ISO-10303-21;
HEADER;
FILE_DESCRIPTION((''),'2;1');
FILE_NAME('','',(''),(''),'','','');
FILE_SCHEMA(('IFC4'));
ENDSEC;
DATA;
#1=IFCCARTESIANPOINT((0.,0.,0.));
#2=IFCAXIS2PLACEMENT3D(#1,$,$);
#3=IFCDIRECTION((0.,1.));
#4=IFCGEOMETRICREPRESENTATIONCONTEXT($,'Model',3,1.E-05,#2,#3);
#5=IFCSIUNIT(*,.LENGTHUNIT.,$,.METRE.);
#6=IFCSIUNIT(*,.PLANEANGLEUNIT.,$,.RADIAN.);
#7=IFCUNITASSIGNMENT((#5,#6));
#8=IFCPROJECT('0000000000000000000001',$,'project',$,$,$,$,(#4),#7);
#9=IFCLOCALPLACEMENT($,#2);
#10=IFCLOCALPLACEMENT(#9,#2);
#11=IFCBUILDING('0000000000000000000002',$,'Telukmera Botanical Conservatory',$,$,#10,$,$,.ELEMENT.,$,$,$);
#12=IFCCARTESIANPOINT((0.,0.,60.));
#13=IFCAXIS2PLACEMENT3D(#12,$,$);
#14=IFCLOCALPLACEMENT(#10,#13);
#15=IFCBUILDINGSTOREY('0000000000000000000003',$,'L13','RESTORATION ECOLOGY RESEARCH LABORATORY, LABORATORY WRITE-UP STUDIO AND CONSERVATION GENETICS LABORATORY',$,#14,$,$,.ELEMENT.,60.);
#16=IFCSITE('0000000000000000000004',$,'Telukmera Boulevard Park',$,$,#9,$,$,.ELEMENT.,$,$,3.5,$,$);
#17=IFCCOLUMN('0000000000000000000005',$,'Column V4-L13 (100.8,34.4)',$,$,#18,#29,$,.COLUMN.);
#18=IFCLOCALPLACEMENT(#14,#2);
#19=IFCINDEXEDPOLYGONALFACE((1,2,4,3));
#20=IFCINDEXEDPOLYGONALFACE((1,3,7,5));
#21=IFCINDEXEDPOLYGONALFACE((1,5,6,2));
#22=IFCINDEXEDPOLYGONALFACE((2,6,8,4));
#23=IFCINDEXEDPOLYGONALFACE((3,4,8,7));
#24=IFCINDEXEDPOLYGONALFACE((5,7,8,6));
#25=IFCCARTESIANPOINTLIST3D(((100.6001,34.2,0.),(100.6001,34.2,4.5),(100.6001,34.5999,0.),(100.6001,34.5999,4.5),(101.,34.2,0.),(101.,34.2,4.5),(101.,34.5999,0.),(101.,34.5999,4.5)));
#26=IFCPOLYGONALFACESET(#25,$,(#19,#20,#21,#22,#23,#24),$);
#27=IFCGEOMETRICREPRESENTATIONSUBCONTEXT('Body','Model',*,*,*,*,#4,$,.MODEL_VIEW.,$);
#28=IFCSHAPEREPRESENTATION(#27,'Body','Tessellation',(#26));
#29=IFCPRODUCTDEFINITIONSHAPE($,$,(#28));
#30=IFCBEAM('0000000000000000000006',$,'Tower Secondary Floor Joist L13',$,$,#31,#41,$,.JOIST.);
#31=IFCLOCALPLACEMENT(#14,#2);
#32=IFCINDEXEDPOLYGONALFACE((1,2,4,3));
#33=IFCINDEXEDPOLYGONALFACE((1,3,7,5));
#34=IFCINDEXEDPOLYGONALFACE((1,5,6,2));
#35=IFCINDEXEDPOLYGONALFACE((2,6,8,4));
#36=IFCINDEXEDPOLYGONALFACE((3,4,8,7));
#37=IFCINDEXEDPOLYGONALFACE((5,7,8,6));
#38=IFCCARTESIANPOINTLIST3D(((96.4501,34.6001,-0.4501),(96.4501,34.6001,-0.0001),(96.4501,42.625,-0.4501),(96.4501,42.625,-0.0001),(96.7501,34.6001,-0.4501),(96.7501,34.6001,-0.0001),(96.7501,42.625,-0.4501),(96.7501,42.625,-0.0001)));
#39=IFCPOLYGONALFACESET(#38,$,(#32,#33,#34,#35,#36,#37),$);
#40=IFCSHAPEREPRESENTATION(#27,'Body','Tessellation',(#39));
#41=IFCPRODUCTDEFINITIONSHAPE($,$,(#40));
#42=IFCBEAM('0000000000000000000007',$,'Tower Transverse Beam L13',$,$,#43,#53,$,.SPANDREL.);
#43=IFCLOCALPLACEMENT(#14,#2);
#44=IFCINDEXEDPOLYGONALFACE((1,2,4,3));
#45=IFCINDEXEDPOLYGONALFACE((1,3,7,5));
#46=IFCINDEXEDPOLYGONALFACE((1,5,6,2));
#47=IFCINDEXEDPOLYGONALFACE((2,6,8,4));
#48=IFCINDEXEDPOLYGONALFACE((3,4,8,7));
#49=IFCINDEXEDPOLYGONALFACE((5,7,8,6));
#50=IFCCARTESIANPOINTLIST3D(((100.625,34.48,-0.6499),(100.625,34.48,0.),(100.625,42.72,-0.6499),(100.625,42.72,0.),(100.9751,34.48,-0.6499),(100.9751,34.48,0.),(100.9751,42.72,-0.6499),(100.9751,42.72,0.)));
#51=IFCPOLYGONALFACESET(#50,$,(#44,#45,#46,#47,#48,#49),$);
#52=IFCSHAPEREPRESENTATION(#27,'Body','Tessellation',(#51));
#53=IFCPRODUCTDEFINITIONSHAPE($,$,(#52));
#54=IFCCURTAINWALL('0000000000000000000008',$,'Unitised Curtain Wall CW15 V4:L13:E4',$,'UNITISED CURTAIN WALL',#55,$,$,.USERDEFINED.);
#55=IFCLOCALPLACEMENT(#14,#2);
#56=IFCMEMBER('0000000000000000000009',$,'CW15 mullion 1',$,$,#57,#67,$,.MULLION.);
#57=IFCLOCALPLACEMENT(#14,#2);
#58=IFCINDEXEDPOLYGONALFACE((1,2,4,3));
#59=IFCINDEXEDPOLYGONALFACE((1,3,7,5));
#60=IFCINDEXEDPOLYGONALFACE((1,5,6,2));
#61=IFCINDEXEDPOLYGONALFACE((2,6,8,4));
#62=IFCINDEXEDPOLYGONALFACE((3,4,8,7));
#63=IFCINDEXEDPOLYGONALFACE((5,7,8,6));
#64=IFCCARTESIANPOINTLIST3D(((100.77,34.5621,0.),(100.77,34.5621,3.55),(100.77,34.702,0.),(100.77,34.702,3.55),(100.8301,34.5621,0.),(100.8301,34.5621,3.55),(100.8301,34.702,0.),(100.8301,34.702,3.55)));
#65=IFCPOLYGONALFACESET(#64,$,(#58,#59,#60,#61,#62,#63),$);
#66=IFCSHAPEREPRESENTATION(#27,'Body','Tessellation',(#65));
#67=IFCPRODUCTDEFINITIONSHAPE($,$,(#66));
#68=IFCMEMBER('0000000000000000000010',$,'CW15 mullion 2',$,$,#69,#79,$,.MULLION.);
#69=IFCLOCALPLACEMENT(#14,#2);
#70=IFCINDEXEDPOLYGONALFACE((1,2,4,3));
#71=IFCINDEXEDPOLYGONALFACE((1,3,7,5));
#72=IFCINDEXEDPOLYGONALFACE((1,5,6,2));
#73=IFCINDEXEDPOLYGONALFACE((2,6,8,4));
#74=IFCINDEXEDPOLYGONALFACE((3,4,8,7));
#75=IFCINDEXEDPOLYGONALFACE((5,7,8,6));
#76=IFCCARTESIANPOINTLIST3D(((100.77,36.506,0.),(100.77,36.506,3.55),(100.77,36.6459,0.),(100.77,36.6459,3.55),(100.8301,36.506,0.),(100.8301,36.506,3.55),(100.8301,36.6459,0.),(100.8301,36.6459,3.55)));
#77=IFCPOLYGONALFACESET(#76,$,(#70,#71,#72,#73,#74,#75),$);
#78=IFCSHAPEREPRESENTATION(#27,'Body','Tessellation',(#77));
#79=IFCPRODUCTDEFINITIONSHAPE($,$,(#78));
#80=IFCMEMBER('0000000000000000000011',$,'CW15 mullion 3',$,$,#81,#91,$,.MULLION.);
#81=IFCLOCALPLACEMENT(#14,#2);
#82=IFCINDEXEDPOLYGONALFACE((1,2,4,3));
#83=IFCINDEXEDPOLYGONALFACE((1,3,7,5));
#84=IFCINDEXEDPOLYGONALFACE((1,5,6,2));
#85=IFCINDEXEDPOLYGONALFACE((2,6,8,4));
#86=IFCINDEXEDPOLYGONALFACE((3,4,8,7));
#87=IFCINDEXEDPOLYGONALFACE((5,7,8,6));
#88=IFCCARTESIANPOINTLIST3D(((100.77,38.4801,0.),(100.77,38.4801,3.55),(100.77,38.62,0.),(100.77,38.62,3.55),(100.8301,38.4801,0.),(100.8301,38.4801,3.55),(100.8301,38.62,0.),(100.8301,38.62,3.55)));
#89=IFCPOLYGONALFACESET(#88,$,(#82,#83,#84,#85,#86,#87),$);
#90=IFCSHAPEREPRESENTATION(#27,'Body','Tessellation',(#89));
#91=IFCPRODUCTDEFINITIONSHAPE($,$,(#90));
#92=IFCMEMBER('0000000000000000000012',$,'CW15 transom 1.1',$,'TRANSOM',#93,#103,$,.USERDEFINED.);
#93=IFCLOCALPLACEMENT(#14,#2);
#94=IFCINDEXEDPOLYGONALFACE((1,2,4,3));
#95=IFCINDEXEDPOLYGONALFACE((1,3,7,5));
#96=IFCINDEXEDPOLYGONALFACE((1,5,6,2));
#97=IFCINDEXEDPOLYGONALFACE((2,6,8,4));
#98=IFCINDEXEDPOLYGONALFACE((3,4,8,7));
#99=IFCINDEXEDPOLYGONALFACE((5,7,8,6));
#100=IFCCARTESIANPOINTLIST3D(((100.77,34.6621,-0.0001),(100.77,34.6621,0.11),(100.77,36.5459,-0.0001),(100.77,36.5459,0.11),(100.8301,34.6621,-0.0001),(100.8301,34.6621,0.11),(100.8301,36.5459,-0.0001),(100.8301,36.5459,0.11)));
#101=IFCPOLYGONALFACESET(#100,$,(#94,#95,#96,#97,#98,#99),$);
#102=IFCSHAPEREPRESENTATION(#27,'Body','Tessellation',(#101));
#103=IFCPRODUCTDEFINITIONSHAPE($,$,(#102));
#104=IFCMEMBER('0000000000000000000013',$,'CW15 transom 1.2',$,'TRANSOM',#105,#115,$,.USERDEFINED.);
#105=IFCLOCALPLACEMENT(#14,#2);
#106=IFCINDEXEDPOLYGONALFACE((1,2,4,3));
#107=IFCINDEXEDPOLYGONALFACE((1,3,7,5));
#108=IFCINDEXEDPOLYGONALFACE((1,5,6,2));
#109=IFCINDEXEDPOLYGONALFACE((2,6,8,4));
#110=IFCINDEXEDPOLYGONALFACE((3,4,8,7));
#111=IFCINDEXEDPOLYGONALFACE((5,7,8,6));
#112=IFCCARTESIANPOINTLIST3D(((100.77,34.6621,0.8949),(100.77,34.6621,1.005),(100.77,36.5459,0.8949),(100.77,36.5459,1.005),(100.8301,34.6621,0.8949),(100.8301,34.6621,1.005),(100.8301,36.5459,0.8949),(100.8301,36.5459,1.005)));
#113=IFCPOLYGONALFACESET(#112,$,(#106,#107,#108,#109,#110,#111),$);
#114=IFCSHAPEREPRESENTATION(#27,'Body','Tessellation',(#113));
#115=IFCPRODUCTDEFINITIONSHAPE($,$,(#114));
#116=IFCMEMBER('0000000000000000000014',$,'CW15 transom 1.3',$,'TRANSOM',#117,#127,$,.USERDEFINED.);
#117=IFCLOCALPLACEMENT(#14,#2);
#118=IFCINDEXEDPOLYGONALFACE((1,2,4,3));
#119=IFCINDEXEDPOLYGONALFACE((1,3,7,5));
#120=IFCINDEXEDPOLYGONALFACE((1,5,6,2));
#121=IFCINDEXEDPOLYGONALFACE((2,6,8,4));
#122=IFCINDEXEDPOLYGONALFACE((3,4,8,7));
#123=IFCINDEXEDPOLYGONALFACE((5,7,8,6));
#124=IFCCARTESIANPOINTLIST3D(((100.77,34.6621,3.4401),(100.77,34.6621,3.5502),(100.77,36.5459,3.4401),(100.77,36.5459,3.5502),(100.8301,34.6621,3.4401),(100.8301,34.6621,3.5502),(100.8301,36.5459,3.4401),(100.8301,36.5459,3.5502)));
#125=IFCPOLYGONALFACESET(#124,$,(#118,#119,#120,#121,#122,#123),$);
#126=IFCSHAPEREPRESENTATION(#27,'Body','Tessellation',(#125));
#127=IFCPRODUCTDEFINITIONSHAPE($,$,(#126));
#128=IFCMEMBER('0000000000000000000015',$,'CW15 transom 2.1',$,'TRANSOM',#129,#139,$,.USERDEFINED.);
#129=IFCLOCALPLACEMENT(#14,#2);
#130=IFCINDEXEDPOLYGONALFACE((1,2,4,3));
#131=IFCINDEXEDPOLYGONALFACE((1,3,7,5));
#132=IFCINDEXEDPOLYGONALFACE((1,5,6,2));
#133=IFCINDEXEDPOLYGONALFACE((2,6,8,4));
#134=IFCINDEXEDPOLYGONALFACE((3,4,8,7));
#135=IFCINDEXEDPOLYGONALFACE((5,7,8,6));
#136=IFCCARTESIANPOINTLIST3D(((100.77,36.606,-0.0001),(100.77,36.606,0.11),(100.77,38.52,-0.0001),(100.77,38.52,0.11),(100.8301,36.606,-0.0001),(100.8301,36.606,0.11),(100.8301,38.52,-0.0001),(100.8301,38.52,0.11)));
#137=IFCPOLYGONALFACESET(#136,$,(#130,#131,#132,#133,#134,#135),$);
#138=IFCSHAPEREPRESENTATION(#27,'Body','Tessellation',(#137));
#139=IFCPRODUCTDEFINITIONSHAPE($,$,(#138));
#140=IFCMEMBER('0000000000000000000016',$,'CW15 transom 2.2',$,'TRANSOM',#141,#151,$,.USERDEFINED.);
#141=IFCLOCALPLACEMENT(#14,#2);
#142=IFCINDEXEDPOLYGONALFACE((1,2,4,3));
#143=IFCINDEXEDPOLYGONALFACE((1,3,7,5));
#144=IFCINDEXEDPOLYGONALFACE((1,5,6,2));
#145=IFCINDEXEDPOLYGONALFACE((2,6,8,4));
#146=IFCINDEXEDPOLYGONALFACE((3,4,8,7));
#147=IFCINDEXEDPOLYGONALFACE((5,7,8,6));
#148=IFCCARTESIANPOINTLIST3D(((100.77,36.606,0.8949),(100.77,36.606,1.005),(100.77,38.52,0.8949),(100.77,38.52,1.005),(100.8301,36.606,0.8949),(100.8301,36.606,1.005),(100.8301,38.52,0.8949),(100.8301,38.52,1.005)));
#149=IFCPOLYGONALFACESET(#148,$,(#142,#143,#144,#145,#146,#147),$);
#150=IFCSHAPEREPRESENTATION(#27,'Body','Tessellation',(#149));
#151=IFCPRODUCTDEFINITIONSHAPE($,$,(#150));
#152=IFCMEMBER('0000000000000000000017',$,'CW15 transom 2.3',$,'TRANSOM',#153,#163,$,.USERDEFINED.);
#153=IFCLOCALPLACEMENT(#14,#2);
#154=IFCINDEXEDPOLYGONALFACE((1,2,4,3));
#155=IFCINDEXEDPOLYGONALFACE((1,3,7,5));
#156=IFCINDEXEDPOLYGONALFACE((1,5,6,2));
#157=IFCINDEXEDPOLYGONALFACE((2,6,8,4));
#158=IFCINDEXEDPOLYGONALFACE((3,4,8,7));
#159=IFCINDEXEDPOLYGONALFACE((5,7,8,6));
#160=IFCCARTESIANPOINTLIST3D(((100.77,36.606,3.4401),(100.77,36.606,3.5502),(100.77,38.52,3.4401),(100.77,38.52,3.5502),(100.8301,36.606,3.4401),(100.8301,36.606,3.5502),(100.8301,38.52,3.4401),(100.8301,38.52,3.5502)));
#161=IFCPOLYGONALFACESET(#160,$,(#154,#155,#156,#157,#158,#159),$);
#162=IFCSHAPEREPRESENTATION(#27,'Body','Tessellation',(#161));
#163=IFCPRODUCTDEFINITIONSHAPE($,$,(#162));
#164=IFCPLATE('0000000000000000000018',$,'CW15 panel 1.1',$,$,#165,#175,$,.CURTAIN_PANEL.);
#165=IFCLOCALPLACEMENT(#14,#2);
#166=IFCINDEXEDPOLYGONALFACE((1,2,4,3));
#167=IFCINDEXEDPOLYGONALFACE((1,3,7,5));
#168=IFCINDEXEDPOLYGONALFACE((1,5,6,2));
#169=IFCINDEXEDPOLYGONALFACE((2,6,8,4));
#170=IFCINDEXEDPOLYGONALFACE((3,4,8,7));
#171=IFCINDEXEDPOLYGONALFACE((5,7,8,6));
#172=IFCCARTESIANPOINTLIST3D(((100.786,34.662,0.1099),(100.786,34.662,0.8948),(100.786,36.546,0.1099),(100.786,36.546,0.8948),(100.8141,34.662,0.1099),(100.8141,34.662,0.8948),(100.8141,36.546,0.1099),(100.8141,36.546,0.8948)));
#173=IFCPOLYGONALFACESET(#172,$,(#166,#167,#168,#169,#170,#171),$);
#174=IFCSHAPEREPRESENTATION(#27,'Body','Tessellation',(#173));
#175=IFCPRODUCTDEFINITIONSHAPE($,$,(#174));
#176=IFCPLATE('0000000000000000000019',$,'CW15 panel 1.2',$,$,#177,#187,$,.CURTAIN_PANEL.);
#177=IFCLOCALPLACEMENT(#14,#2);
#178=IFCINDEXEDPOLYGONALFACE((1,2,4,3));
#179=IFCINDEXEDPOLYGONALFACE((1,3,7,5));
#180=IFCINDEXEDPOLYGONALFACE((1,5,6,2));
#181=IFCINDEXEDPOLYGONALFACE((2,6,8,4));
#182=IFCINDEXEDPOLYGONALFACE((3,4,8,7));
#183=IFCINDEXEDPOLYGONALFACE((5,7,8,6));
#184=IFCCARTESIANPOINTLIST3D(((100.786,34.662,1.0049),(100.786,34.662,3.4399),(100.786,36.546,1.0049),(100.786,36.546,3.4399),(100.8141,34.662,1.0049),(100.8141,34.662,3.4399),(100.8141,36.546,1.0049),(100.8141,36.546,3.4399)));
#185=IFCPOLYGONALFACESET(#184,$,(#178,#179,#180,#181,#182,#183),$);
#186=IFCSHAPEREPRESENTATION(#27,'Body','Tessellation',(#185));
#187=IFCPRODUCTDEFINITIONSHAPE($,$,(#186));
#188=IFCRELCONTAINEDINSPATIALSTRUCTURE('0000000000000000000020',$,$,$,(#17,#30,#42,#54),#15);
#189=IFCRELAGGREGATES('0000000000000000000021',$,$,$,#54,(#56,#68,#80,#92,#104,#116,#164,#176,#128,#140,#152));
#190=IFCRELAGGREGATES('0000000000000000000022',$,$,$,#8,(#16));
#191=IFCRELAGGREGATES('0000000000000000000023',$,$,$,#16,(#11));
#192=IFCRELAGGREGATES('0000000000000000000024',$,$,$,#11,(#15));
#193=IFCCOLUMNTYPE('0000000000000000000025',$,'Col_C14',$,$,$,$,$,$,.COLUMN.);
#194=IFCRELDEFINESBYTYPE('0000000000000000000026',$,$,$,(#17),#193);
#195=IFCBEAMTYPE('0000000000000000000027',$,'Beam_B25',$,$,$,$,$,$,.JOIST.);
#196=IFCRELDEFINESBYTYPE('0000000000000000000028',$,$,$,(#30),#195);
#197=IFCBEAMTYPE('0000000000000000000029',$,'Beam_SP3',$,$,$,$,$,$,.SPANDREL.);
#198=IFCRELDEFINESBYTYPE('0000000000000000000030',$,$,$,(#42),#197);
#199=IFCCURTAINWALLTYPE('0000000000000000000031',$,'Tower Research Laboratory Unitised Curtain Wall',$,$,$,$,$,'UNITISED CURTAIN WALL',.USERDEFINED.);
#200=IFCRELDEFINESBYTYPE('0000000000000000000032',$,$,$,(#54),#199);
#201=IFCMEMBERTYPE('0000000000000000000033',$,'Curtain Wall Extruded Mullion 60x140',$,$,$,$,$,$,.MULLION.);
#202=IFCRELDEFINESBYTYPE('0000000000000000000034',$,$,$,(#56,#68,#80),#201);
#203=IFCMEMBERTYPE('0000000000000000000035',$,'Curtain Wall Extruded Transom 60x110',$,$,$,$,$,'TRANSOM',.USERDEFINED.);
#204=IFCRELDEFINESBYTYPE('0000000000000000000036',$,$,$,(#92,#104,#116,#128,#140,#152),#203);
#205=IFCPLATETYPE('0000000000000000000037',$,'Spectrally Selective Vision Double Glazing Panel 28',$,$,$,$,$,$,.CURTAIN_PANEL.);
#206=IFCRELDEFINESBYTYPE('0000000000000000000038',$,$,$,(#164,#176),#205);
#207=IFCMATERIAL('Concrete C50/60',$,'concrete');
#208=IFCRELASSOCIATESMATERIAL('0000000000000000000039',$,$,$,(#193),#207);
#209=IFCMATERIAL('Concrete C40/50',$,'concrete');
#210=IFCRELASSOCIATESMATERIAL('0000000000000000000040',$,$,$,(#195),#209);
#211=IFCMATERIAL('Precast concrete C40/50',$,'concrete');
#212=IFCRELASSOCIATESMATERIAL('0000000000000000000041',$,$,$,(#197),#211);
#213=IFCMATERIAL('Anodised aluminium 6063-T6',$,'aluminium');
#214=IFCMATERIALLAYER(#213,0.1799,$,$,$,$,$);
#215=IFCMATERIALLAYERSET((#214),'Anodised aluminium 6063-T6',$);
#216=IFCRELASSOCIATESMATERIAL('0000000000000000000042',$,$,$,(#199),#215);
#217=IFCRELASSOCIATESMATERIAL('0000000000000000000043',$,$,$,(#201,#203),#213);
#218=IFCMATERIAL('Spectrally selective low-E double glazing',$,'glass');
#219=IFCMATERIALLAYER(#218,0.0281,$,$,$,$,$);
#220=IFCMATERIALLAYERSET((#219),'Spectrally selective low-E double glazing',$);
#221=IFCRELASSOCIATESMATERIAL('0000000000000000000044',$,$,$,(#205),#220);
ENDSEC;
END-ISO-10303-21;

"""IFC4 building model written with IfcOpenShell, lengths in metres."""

from ifc_helpers import new_model, si_unit, direction, frame, origin, origin_2d, place, context, subcontext, project, spatial, rectangle, extrude, material, layer, layer_set, material_profile, profile_set, type_object, element, aggregate, save


model = new_model("IFC4")

# Units and contexts
model_context = context("Model", 3, precision=1e-05, world=origin(), true_north=direction((0.0, 1.0)))
body_context = subcontext(model_context, "Body", "Model", "MODEL_VIEW")
ifc_project = project(units=[si_unit("LENGTHUNIT", "METRE"), si_unit("PLANEANGLEUNIT", "RADIAN")], contexts=[model_context])

# Site, building, storey
site_placement = place(None, origin())
site = spatial("IfcSite", under=ifc_project, at=site_placement, Name="Telukmera Boulevard Park", CompositionType="ELEMENT", RefElevation=3.5)
building_placement = place(site_placement, origin())
building = spatial("IfcBuilding", under=site, at=building_placement, Name="Telukmera Botanical Conservatory", CompositionType="ELEMENT")
storey_placement = place(building_placement, frame((0.0, 0.0, 60.0)))
storey = spatial("IfcBuildingStorey", under=building, at=storey_placement, Name="L13", Description="RESTORATION ECOLOGY RESEARCH LABORATORY, LABORATORY WRITE-UP STUDIO AND CONSERVATION GENETICS LABORATORY", CompositionType="ELEMENT", Elevation=60.0)

# Column
ifc_material_1 = material(Name="Concrete C50/60", Category="concrete")
ifc_material_profile_1 = material_profile(ifc_material_1, rectangle(XDim=0.3999, YDim=0.3999, at=origin_2d()), Name="RC 400x400")
ifc_profile_set_1 = profile_set([ifc_material_profile_1], Name="Concrete C50/60")
column_type = type_object("IfcColumnType", Name="Col_C14", PredefinedType="COLUMN", material=ifc_profile_set_1)
column_placement = place(storey_placement, frame((100.8, 34.3999, 0.0), z_axis=(0.0, 0.0, 1.0), x_axis=(1.0, 0.0, 0.0)))
element("IfcColumn", 1, at=column_placement, inside=storey, type_object=column_type, Name="Column V4-L13 (100.8,34.4)", PredefinedType="COLUMN", context=body_context, shape_type="SweptSolid", body=[
    extrude(rectangle(XDim=0.3999, YDim=0.3999, at=origin_2d()), origin(), (0.0, 0.0, 1.0), 4.5),
])

# Beams
ifc_material_2 = material(Name="Concrete C40/50", Category="concrete")
ifc_material_profile_2 = material_profile(ifc_material_2, rectangle(XDim=0.3, YDim=0.45, at=origin_2d()), Name="RC 300x450")
ifc_profile_set_2 = profile_set([ifc_material_profile_2], Name="Concrete C40/50")
beam_type_1 = type_object("IfcBeamType", Name="Beam_B25", PredefinedType="JOIST", material=ifc_profile_set_2)
beam_1_placement = place(storey_placement, frame((96.6001, 34.6001, -0.2251), z_axis=(0.0, 1.0, 0.0), x_axis=(-1.0, 0.0, 0.0)))
element("IfcBeam", 2, at=beam_1_placement, inside=storey, type_object=beam_type_1, Name="Tower Secondary Floor Joist L13", PredefinedType="JOIST", context=body_context, shape_type="SweptSolid", body=[
    extrude(rectangle(XDim=0.3, YDim=0.45, at=origin_2d()), origin(), (0.0, 0.0, 1.0), 8.0249),
])
ifc_material_3 = material(Name="Precast concrete C40/50", Category="concrete")
ifc_material_profile_3 = material_profile(ifc_material_3, rectangle(XDim=0.3501, YDim=0.6499, at=origin_2d()), Name="PC 350x650")
ifc_profile_set_3 = profile_set([ifc_material_profile_3], Name="Precast concrete C40/50")
beam_type_2 = type_object("IfcBeamType", Name="Beam_SP3", PredefinedType="SPANDREL", material=ifc_profile_set_3)
beam_2_placement = place(storey_placement, frame((100.8, 34.48, -0.325), z_axis=(0.0, 1.0, 0.0), x_axis=(-1.0, 0.0, 0.0)))
element("IfcBeam", 3, at=beam_2_placement, inside=storey, type_object=beam_type_2, Name="Tower Transverse Beam L13", PredefinedType="SPANDREL", context=body_context, shape_type="SweptSolid", body=[
    extrude(rectangle(XDim=0.3501, YDim=0.6499, at=origin_2d()), origin(), (0.0, 0.0, 1.0), 8.24),
])

# Curtain wall, members, plates
ifc_material_4 = material(Name="Anodised aluminium 6063-T6", Category="aluminium")
ifc_layer_1 = layer(ifc_material_4, 0.1799)
ifc_layer_set_1 = layer_set([ifc_layer_1], Name="Anodised aluminium 6063-T6")
curtain_wall_type = type_object("IfcCurtainWallType", Name="Tower Research Laboratory Unitised Curtain Wall", ElementType="UNITISED CURTAIN WALL", PredefinedType="USERDEFINED", material=ifc_layer_set_1)
curtain_wall_placement = place(storey_placement, origin())
curtain_wall = element("IfcCurtainWall", 4, at=curtain_wall_placement, inside=storey, type_object=curtain_wall_type, Name="Unitised Curtain Wall CW15 V4:L13:E4", ObjectType="UNITISED CURTAIN WALL", PredefinedType="USERDEFINED")
ifc_material_profile_4 = material_profile(ifc_material_4, rectangle(XDim=0.0601, YDim=0.1399, at=origin_2d()), Name="ALU MULL 60x140")
ifc_profile_set_4 = profile_set([ifc_material_profile_4], Name="Anodised aluminium 6063-T6")
member_type_1 = type_object("IfcMemberType", Name="Curtain Wall Extruded Mullion 60x140", PredefinedType="MULLION", material=ifc_profile_set_4)
member_1_placement = place(storey_placement, frame((100.8, 34.6321, 0.0), z_axis=(0.0, 0.0, 1.0), x_axis=(-1.0, 0.0, 0.0)))
member_1 = element("IfcMember", 5, at=member_1_placement, type_object=member_type_1, Name="CW15 mullion 1", PredefinedType="MULLION", context=body_context, shape_type="SweptSolid", body=[
    extrude(rectangle(XDim=0.0601, YDim=0.1399, at=origin_2d()), origin(), (0.0, 0.0, 1.0), 3.55),
])
member_2_placement = place(storey_placement, frame((100.8, 36.5759, 0.0), z_axis=(0.0, 0.0, 1.0), x_axis=(-1.0, 0.0, 0.0)))
member_2 = element("IfcMember", 6, at=member_2_placement, type_object=member_type_1, Name="CW15 mullion 2", PredefinedType="MULLION", context=body_context, shape_type="SweptSolid", body=[
    extrude(rectangle(XDim=0.0601, YDim=0.1399, at=origin_2d()), origin(), (0.0, 0.0, 1.0), 3.55),
])
member_3_placement = place(storey_placement, frame((100.8, 38.55, 0.0), z_axis=(0.0, 0.0, 1.0), x_axis=(-1.0, 0.0, 0.0)))
member_3 = element("IfcMember", 7, at=member_3_placement, type_object=member_type_1, Name="CW15 mullion 3", PredefinedType="MULLION", context=body_context, shape_type="SweptSolid", body=[
    extrude(rectangle(XDim=0.0601, YDim=0.1399, at=origin_2d()), origin(), (0.0, 0.0, 1.0), 3.55),
])
ifc_material_profile_5 = material_profile(ifc_material_4, rectangle(XDim=0.0601, YDim=0.1101, at=origin_2d()), Name="ALU TRAN 60x110")
ifc_profile_set_5 = profile_set([ifc_material_profile_5], Name="Anodised aluminium 6063-T6")
member_type_2 = type_object("IfcMemberType", Name="Curtain Wall Extruded Transom 60x110", ElementType="TRANSOM", PredefinedType="USERDEFINED", material=ifc_profile_set_5)
member_4_placement = place(storey_placement, frame((100.8, 34.6621, 0.0549), z_axis=(0.0, 1.0, 0.0), x_axis=(-1.0, 0.0, 0.0)))
member_4 = element("IfcMember", 8, at=member_4_placement, type_object=member_type_2, Name="CW15 transom 1.1", ObjectType="TRANSOM", PredefinedType="USERDEFINED", context=body_context, shape_type="SweptSolid", body=[
    extrude(rectangle(XDim=0.0601, YDim=0.1101, at=origin_2d()), origin(), (0.0, 0.0, 1.0), 1.8838),
])
member_5_placement = place(storey_placement, frame((100.8, 34.6621, 0.95), z_axis=(0.0, 1.0, 0.0), x_axis=(-1.0, 0.0, 0.0)))
member_5 = element("IfcMember", 9, at=member_5_placement, type_object=member_type_2, Name="CW15 transom 1.2", ObjectType="TRANSOM", PredefinedType="USERDEFINED", context=body_context, shape_type="SweptSolid", body=[
    extrude(rectangle(XDim=0.0601, YDim=0.1101, at=origin_2d()), origin(), (0.0, 0.0, 1.0), 1.8838),
])
member_6_placement = place(storey_placement, frame((100.8, 34.6621, 3.4951), z_axis=(0.0, 1.0, 0.0), x_axis=(-1.0, 0.0, 0.0)))
member_6 = element("IfcMember", 10, at=member_6_placement, type_object=member_type_2, Name="CW15 transom 1.3", ObjectType="TRANSOM", PredefinedType="USERDEFINED", context=body_context, shape_type="SweptSolid", body=[
    extrude(rectangle(XDim=0.0601, YDim=0.1101, at=origin_2d()), origin(), (0.0, 0.0, 1.0), 1.8838),
])
member_7_placement = place(storey_placement, frame((100.8, 36.606, 0.0549), z_axis=(0.0, 1.0, 0.0), x_axis=(-1.0, 0.0, 0.0)))
member_7 = element("IfcMember", 11, at=member_7_placement, type_object=member_type_2, Name="CW15 transom 2.1", ObjectType="TRANSOM", PredefinedType="USERDEFINED", context=body_context, shape_type="SweptSolid", body=[
    extrude(rectangle(XDim=0.0601, YDim=0.1101, at=origin_2d()), origin(), (0.0, 0.0, 1.0), 1.9141),
])
member_8_placement = place(storey_placement, frame((100.8, 36.606, 0.95), z_axis=(0.0, 1.0, 0.0), x_axis=(-1.0, 0.0, 0.0)))
member_8 = element("IfcMember", 12, at=member_8_placement, type_object=member_type_2, Name="CW15 transom 2.2", ObjectType="TRANSOM", PredefinedType="USERDEFINED", context=body_context, shape_type="SweptSolid", body=[
    extrude(rectangle(XDim=0.0601, YDim=0.1101, at=origin_2d()), origin(), (0.0, 0.0, 1.0), 1.9141),
])
member_9_placement = place(storey_placement, frame((100.8, 36.606, 3.4951), z_axis=(0.0, 1.0, 0.0), x_axis=(-1.0, 0.0, 0.0)))
member_9 = element("IfcMember", 13, at=member_9_placement, type_object=member_type_2, Name="CW15 transom 2.3", ObjectType="TRANSOM", PredefinedType="USERDEFINED", context=body_context, shape_type="SweptSolid", body=[
    extrude(rectangle(XDim=0.0601, YDim=0.1101, at=origin_2d()), origin(), (0.0, 0.0, 1.0), 1.9141),
])
ifc_material_5 = material(Name="Spectrally selective low-E double glazing", Category="glass")
ifc_layer_2 = layer(ifc_material_5, 0.0281)
ifc_layer_set_2 = layer_set([ifc_layer_2], Name="Spectrally selective low-E double glazing")
plate_type = type_object("IfcPlateType", Name="Spectrally Selective Vision Double Glazing Panel 28", PredefinedType="CURTAIN_PANEL", material=ifc_layer_set_2)
plate_1_placement = place(storey_placement, frame((100.8, 35.604, 0.1099), z_axis=(0.0, 0.0, 1.0), x_axis=(0.0, 1.0, 0.0)))
plate_1 = element("IfcPlate", 14, at=plate_1_placement, type_object=plate_type, Name="CW15 panel 1.1", PredefinedType="CURTAIN_PANEL", context=body_context, shape_type="SweptSolid", body=[
    extrude(rectangle(XDim=1.884, YDim=0.0281, at=origin_2d()), origin(), (0.0, 0.0, 1.0), 0.7849),
])
plate_2_placement = place(storey_placement, frame((100.8, 35.604, 1.0049), z_axis=(0.0, 0.0, 1.0), x_axis=(0.0, 1.0, 0.0)))
plate_2 = element("IfcPlate", 15, at=plate_2_placement, type_object=plate_type, Name="CW15 panel 1.2", PredefinedType="CURTAIN_PANEL", context=body_context, shape_type="SweptSolid", body=[
    extrude(rectangle(XDim=1.884, YDim=0.0281, at=origin_2d()), origin(), (0.0, 0.0, 1.0), 2.4351),
])
aggregate(curtain_wall, [member_1, member_2, member_3, member_4, member_5, member_6, plate_1, plate_2, member_7, member_8, member_9])

save(model, "model.ifc")
